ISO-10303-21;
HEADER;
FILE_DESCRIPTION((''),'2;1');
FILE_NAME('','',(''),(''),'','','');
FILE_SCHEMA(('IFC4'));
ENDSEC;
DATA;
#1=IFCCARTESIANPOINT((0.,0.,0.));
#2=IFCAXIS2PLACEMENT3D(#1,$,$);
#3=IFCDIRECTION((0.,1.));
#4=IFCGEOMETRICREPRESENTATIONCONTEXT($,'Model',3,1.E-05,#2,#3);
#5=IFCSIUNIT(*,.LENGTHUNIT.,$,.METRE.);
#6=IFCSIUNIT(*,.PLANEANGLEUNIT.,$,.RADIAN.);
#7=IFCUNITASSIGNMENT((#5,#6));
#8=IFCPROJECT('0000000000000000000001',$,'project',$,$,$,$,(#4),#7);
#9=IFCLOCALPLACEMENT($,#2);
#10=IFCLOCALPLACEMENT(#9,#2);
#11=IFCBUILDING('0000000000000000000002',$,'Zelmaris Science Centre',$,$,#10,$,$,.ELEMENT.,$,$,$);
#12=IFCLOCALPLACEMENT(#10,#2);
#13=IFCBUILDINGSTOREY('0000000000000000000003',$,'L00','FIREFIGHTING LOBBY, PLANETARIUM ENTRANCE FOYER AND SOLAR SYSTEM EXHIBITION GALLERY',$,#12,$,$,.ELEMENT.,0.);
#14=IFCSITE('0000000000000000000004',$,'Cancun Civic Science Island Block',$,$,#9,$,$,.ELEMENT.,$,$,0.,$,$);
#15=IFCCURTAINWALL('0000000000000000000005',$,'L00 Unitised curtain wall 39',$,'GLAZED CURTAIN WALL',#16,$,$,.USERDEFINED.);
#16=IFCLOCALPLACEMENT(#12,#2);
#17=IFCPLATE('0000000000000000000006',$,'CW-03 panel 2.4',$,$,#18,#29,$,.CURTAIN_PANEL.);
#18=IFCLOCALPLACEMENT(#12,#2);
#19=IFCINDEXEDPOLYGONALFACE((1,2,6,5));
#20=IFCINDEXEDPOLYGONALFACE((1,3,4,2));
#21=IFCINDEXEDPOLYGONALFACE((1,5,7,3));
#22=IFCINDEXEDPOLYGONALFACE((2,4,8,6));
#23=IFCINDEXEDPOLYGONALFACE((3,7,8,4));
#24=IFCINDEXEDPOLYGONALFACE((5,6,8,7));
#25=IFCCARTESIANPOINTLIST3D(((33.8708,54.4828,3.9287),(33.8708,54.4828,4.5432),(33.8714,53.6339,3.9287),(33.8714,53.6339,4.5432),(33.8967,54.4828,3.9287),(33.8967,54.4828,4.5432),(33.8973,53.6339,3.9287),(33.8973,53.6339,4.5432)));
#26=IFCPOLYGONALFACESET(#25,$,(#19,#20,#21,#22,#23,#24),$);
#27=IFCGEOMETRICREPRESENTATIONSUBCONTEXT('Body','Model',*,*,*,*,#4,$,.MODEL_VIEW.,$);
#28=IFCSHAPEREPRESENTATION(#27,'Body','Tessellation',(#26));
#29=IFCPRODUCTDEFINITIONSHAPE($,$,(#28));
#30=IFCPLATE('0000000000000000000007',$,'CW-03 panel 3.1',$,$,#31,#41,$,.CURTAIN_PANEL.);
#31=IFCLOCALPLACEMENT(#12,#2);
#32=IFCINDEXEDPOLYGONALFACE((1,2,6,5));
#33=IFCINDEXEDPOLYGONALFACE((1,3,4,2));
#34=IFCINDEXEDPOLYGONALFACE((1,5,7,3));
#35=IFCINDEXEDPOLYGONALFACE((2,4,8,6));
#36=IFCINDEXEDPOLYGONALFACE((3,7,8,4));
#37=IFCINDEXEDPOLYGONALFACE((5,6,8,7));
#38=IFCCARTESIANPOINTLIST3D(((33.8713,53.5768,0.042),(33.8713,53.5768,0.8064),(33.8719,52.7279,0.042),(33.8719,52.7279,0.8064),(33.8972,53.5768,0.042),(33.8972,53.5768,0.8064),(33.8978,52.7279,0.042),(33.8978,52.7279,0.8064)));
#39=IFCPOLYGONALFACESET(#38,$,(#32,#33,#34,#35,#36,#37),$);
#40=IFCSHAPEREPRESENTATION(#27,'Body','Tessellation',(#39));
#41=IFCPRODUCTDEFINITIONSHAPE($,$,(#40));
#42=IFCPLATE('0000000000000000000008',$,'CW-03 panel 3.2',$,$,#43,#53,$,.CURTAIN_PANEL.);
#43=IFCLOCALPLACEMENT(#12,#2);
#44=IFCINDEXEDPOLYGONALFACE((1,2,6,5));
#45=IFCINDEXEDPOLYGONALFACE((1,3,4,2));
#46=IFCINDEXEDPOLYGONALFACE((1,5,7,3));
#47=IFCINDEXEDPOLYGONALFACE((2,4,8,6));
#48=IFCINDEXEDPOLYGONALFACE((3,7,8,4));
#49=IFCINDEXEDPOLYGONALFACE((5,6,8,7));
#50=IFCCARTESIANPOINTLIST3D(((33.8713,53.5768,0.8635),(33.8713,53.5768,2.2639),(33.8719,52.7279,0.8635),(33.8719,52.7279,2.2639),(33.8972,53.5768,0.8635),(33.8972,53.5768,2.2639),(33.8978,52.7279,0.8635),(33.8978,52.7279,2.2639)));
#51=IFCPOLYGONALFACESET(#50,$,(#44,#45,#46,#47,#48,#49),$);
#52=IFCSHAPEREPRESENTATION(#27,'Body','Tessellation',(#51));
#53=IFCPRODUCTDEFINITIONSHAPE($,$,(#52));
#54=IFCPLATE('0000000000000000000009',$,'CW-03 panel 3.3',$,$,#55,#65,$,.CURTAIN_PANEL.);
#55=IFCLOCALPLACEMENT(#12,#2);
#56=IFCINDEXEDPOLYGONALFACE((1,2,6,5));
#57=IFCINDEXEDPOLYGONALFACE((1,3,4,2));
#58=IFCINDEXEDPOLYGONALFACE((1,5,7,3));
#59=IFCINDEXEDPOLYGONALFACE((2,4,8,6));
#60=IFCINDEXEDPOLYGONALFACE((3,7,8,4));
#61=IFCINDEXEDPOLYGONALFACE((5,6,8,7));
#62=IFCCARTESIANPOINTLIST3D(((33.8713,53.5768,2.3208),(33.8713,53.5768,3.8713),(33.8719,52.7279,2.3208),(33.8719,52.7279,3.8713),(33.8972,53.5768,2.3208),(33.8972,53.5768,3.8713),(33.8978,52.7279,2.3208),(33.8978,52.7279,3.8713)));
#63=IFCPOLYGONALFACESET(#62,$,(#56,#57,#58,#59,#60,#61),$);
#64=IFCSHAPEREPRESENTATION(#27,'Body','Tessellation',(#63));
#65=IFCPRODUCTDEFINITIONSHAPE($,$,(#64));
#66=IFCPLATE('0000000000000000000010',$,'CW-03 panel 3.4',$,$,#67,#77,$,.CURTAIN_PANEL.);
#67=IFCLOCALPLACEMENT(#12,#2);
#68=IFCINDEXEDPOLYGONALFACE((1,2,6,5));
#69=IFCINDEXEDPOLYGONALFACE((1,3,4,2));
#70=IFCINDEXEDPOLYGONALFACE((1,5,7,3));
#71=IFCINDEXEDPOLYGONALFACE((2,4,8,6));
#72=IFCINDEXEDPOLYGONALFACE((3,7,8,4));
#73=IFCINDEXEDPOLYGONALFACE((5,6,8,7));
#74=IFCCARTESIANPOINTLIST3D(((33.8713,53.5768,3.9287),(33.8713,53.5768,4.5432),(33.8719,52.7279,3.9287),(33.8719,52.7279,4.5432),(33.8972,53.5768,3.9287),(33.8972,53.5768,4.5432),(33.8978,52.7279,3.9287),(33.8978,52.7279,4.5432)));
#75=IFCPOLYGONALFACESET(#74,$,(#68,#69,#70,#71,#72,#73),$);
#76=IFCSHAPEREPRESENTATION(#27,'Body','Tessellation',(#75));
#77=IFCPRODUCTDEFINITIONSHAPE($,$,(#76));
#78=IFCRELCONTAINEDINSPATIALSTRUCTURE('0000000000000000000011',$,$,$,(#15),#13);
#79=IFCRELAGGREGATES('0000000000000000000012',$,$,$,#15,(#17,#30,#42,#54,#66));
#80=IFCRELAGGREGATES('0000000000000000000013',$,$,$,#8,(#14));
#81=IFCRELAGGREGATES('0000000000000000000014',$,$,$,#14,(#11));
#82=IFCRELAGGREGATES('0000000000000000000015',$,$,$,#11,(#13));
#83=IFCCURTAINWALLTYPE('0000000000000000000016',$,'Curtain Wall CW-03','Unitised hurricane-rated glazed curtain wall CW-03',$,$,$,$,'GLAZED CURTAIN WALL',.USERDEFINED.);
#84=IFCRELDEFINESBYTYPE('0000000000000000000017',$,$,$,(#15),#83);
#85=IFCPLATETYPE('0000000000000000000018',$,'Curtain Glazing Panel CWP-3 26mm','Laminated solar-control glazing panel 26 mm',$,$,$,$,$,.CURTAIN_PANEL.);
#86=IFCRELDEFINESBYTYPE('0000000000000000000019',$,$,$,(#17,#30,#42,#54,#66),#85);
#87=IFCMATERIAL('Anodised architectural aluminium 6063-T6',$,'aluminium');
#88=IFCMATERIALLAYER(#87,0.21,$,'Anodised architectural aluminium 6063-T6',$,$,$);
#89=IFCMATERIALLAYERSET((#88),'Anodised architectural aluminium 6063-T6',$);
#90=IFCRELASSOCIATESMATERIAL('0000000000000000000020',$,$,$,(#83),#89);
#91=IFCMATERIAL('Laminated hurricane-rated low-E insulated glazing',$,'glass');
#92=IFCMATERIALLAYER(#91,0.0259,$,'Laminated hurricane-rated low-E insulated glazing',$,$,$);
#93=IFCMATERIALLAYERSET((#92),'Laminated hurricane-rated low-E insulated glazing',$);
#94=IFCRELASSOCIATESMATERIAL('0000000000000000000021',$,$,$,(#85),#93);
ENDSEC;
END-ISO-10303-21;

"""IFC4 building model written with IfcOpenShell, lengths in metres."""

from ifc_helpers import new_model, si_unit, direction, frame, origin, origin_2d, place, context, subcontext, project, spatial, rectangle, extrude, material, layer, layer_set, type_object, element, aggregate, save


model = new_model("IFC4")

# Units and contexts
model_context = context("Model", 3, precision=1e-05, world=origin(), true_north=direction((0.0, 1.0)))
body_context = subcontext(model_context, "Body", "Model", "MODEL_VIEW")
ifc_project = project(units=[si_unit("LENGTHUNIT", "METRE"), si_unit("PLANEANGLEUNIT", "RADIAN")], contexts=[model_context])

# Site, building, storey
site_placement = place(None, origin())
site = spatial("IfcSite", under=ifc_project, at=site_placement, Name="Cancun Civic Science Island Block", CompositionType="ELEMENT", RefElevation=0.0)
building_placement = place(site_placement, origin())
building = spatial("IfcBuilding", under=site, at=building_placement, Name="Zelmaris Science Centre", CompositionType="ELEMENT")
storey_placement = place(building_placement, origin())
storey = spatial("IfcBuildingStorey", under=building, at=storey_placement, Name="L00", Description="FIREFIGHTING LOBBY, PLANETARIUM ENTRANCE FOYER AND SOLAR SYSTEM EXHIBITION GALLERY", CompositionType="ELEMENT", Elevation=0.0)

# Curtain wall
ifc_material_1 = material(Name="Anodised architectural aluminium 6063-T6", Category="aluminium")
ifc_layer_1 = layer(ifc_material_1, 0.21, Name="Anodised architectural aluminium 6063-T6")
ifc_layer_set_1 = layer_set([ifc_layer_1], Name="Anodised architectural aluminium 6063-T6")
curtain_wall_type = type_object("IfcCurtainWallType", Name="Curtain Wall CW-03", Description="Unitised hurricane-rated glazed curtain wall CW-03", ElementType="GLAZED CURTAIN WALL", PredefinedType="USERDEFINED", material=ifc_layer_set_1)
curtain_wall_placement = place(storey_placement, origin())
curtain_wall = element("IfcCurtainWall", 1, at=curtain_wall_placement, inside=storey, type_object=curtain_wall_type, Name="L00 Unitised curtain wall 39", ObjectType="GLAZED CURTAIN WALL", PredefinedType="USERDEFINED")

# Plates
ifc_material_2 = material(Name="Laminated hurricane-rated low-E insulated glazing", Category="glass")
ifc_layer_2 = layer(ifc_material_2, 0.0259, Name="Laminated hurricane-rated low-E insulated glazing")
ifc_layer_set_2 = layer_set([ifc_layer_2], Name="Laminated hurricane-rated low-E insulated glazing")
plate_type = type_object("IfcPlateType", Name="Curtain Glazing Panel CWP-3 26mm", Description="Laminated solar-control glazing panel 26 mm", PredefinedType="CURTAIN_PANEL", material=ifc_layer_set_2)
plate_1_placement = place(storey_placement, frame((33.884, 54.0583, 3.9287), z_axis=(0.0, 0.0, 1.0), x_axis=(0.00069, -1.0, 0.0)))
plate_1 = element("IfcPlate", 2, at=plate_1_placement, type_object=plate_type, Name="CW-03 panel 2.4", PredefinedType="CURTAIN_PANEL", context=body_context, shape_type="SweptSolid", body=[
    extrude(rectangle(XDim=0.8489, YDim=0.0259, at=origin_2d()), origin(), (0.0, 0.0, 1.0), 0.6145),
])
plate_2_placement = place(storey_placement, frame((33.8845, 53.1523, 0.042), z_axis=(0.0, 0.0, 1.0), x_axis=(0.00069, -1.0, 0.0)))
plate_2 = element("IfcPlate", 3, at=plate_2_placement, type_object=plate_type, Name="CW-03 panel 3.1", PredefinedType="CURTAIN_PANEL", context=body_context, shape_type="SweptSolid", body=[
    extrude(rectangle(XDim=0.8489, YDim=0.0259, at=origin_2d()), origin(), (0.0, 0.0, 1.0), 0.7644),
])
plate_3_placement = place(storey_placement, frame((33.8845, 53.1523, 0.8635), z_axis=(0.0, 0.0, 1.0), x_axis=(0.00069, -1.0, 0.0)))
plate_3 = element("IfcPlate", 4, at=plate_3_placement, type_object=plate_type, Name="CW-03 panel 3.2", PredefinedType="CURTAIN_PANEL", context=body_context, shape_type="SweptSolid", body=[
    extrude(rectangle(XDim=0.8489, YDim=0.0259, at=origin_2d()), origin(), (0.0, 0.0, 1.0), 1.4004),
])
plate_4_placement = place(storey_placement, frame((33.8845, 53.1523, 2.3208), z_axis=(0.0, 0.0, 1.0), x_axis=(0.00069, -1.0, 0.0)))
plate_4 = element("IfcPlate", 5, at=plate_4_placement, type_object=plate_type, Name="CW-03 panel 3.3", PredefinedType="CURTAIN_PANEL", context=body_context, shape_type="SweptSolid", body=[
    extrude(rectangle(XDim=0.8489, YDim=0.0259, at=origin_2d()), origin(), (0.0, 0.0, 1.0), 1.5505),
])
plate_5_placement = place(storey_placement, frame((33.8845, 53.1523, 3.9287), z_axis=(0.0, 0.0, 1.0), x_axis=(0.00069, -1.0, 0.0)))
plate_5 = element("IfcPlate", 6, at=plate_5_placement, type_object=plate_type, Name="CW-03 panel 3.4", PredefinedType="CURTAIN_PANEL", context=body_context, shape_type="SweptSolid", body=[
    extrude(rectangle(XDim=0.8489, YDim=0.0259, at=origin_2d()), origin(), (0.0, 0.0, 1.0), 0.6145),
])
aggregate(curtain_wall, [plate_1, plate_2, plate_3, plate_4, plate_5])

save(model, "model.ifc")
